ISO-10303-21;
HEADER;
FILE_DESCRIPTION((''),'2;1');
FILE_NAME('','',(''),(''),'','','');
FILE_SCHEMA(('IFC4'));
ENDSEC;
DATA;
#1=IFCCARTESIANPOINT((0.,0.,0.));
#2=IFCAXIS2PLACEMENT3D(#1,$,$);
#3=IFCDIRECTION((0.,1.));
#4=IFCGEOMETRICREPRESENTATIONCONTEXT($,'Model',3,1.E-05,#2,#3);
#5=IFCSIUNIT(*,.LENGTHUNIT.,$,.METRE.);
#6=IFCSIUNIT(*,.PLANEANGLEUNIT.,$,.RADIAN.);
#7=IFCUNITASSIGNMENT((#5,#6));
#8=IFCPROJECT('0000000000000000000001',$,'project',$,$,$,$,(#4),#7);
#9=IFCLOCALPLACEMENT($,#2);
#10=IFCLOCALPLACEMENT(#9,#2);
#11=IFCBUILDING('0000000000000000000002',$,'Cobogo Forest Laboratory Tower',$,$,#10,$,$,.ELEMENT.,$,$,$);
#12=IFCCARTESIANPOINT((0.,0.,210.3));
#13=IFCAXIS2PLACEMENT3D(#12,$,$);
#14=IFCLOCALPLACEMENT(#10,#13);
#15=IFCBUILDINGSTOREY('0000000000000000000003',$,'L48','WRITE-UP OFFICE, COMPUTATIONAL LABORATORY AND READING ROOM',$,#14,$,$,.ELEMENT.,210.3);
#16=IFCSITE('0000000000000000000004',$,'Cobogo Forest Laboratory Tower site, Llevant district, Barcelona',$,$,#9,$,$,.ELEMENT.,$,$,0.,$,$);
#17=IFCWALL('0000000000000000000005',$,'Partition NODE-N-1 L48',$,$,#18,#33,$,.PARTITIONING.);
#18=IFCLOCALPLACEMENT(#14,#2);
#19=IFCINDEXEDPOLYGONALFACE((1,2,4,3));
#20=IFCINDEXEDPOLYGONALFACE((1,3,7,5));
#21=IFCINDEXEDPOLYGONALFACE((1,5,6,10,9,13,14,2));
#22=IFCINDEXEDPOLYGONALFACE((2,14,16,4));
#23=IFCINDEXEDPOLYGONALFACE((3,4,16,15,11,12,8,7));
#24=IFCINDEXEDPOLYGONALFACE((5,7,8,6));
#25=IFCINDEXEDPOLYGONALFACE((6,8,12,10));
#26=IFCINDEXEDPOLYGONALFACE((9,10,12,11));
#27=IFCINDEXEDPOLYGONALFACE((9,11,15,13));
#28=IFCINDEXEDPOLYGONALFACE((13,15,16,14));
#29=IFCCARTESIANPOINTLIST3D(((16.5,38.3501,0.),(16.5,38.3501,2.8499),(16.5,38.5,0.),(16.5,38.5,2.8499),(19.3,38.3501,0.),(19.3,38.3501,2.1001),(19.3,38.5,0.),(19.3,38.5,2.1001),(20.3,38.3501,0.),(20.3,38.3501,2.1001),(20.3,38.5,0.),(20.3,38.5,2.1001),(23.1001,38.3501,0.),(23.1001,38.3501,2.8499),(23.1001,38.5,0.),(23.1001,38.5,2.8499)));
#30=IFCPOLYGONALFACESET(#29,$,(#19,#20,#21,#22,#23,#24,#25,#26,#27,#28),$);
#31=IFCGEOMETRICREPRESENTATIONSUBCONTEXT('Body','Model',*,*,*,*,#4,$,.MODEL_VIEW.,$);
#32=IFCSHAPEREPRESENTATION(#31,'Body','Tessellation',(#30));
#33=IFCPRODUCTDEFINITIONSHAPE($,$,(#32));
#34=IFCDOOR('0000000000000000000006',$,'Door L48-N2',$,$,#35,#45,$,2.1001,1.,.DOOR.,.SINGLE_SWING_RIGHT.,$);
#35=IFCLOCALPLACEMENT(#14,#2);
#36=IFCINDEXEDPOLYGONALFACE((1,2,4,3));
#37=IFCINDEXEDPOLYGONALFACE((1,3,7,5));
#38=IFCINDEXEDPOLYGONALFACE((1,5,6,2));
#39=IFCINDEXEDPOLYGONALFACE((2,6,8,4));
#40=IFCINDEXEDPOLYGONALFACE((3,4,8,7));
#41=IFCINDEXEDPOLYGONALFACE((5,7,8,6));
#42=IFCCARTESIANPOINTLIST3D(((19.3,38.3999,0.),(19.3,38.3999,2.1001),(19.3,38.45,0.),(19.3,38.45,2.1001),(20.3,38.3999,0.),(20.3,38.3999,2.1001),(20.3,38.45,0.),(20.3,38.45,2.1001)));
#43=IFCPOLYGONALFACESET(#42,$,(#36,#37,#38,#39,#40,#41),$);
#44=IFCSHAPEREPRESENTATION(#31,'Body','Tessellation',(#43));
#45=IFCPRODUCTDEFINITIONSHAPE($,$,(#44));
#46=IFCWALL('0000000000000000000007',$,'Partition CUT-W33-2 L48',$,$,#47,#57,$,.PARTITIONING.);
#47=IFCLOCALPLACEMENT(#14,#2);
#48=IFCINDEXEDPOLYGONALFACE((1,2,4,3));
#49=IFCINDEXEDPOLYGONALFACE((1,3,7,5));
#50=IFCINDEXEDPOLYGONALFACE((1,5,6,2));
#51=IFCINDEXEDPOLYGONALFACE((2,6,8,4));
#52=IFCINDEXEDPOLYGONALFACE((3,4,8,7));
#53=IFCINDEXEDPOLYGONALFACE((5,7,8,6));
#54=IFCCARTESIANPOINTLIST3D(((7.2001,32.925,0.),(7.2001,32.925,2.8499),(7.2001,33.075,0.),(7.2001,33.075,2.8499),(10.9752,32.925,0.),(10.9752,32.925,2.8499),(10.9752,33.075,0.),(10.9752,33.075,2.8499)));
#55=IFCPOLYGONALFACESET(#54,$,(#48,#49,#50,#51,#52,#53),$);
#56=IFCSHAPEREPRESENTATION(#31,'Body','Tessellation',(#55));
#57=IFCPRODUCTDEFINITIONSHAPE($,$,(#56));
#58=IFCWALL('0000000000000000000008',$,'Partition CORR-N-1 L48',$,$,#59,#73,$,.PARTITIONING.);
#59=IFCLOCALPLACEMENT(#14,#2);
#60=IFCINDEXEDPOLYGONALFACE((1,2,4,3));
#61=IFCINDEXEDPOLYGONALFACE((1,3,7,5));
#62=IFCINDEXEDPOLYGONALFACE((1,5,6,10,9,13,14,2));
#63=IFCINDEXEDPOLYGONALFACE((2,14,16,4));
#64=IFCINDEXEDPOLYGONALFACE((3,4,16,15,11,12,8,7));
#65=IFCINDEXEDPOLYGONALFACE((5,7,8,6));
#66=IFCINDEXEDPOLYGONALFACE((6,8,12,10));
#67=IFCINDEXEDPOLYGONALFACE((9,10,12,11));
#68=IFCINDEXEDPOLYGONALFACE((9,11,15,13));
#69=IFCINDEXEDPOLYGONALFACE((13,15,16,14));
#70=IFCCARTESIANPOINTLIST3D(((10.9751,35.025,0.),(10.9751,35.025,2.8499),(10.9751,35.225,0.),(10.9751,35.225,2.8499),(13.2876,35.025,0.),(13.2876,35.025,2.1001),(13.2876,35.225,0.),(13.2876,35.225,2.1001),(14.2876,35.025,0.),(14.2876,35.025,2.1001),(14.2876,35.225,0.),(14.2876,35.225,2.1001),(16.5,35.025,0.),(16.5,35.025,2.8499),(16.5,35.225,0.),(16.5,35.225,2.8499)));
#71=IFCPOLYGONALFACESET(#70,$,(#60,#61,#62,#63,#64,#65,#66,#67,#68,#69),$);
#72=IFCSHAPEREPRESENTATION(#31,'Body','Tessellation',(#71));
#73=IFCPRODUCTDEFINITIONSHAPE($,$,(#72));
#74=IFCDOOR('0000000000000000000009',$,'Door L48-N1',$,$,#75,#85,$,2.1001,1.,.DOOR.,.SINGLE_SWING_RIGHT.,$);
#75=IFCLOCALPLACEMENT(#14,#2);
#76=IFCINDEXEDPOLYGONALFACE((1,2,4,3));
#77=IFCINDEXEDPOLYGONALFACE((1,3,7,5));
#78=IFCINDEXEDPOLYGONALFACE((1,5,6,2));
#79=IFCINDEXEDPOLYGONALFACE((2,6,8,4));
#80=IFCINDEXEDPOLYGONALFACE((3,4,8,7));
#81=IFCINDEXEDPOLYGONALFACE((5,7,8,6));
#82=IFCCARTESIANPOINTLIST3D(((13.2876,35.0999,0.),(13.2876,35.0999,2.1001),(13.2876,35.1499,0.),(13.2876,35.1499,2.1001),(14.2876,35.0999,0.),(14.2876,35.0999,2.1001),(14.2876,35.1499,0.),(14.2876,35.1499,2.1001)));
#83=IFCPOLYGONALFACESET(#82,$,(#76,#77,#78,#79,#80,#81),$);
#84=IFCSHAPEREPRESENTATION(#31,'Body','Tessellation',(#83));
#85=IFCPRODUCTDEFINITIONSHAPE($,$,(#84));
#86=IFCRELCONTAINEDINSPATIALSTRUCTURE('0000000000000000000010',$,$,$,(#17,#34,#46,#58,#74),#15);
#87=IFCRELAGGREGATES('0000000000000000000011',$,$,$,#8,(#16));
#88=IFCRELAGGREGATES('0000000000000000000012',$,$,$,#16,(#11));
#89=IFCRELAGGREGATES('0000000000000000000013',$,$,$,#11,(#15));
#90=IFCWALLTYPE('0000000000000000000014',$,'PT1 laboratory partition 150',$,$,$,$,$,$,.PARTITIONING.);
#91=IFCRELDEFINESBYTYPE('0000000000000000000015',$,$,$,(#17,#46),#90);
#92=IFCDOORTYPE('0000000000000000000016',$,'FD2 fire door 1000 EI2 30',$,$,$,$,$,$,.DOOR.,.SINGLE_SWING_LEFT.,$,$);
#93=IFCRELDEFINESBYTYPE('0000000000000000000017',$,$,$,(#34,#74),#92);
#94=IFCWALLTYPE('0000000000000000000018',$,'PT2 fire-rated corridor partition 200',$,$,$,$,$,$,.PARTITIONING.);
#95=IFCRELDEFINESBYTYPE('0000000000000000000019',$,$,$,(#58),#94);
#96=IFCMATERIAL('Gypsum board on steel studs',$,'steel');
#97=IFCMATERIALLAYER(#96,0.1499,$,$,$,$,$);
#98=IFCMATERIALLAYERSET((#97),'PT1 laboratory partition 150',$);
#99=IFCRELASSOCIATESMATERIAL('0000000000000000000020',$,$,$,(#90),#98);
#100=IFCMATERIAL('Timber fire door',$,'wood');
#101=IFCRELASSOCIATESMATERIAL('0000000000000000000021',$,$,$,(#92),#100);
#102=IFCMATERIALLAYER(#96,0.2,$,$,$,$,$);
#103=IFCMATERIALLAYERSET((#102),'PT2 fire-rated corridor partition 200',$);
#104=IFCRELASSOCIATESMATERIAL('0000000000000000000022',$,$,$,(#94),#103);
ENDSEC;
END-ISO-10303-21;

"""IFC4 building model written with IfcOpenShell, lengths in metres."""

from ifc_helpers import new_model, si_unit, direction, frame, frame_2d, origin, place, context, subcontext, project, spatial, rectangle, extrude, material, layer, layer_set, type_object, element, fill, save


model = new_model("IFC4")

# Units and contexts
model_context = context("Model", 3, precision=1e-05, world=origin(), true_north=direction((0.0, 1.0)))
body_context = subcontext(model_context, "Body", "Model", "MODEL_VIEW")
ifc_project = project(units=[si_unit("LENGTHUNIT", "METRE"), si_unit("PLANEANGLEUNIT", "RADIAN")], contexts=[model_context])

# Site, building, storey
site_placement = place(None, origin())
site = spatial("IfcSite", under=ifc_project, at=site_placement, Name="Cobogo Forest Laboratory Tower site, Llevant district, Barcelona", CompositionType="ELEMENT", RefElevation=0.0)
building_placement = place(site_placement, origin())
building = spatial("IfcBuilding", under=site, at=building_placement, Name="Cobogo Forest Laboratory Tower", CompositionType="ELEMENT")
storey_placement = place(building_placement, frame((0.0, 0.0, 210.3)))
storey = spatial("IfcBuildingStorey", under=building, at=storey_placement, Name="L48", Description="WRITE-UP OFFICE, COMPUTATIONAL LABORATORY AND READING ROOM", CompositionType="ELEMENT", Elevation=210.3)

# Wall, opening, door
ifc_material_1 = material(Name="Gypsum board on steel studs", Category="steel")
ifc_layer_1 = layer(ifc_material_1, 0.1499)
ifc_layer_set_1 = layer_set([ifc_layer_1], Name="PT1 laboratory partition 150")
wall_type_1 = type_object("IfcWallType", Name="PT1 laboratory partition 150", PredefinedType="PARTITIONING", material=ifc_layer_set_1)
wall_1_placement = place(storey_placement, frame((16.5, 38.425, 0.0), z_axis=(0.0, 0.0, 1.0), x_axis=(1.0, 0.0, 0.0)))
wall_1 = element("IfcWall", 1, at=wall_1_placement, inside=storey, type_object=wall_type_1, Name="Partition NODE-N-1 L48", PredefinedType="PARTITIONING", context=body_context, shape_type="SweptSolid", body=[
    extrude(rectangle(XDim=6.6001, YDim=0.1499, at=frame_2d((3.3, 0.0))), origin(), (0.0, 0.0, 1.0), 2.8499),
])
opening_1_placement = place(wall_1_placement, frame((2.8, 0.0, 0.0)))
opening_1 = element("IfcOpeningElement", 2, at=opening_1_placement, cuts=wall_1, PredefinedType="OPENING", context=body_context, shape_type="SweptSolid", body=[
    extrude(rectangle(XDim=1.0, YDim=2.1001, at=frame_2d((0.5, 1.05))), frame((0.0, 0.085, 0.0), z_axis=(0.0, -1.0, 0.0), x_axis=(1.0, 0.0, 0.0)), (0.0, 0.0, 1.0), 0.1699),
])
ifc_material_2 = material(Name="Timber fire door", Category="wood")
door_type_1 = type_object("IfcDoorType", Name="FD2 fire door 1000 EI2 30", OperationType="SINGLE_SWING_LEFT", PredefinedType="DOOR", material=ifc_material_2)
door_1_placement = place(opening_1_placement, origin())
door_1 = element("IfcDoor", 3, at=door_1_placement, inside=storey, type_object=door_type_1, Name="Door L48-N2", OperationType="SINGLE_SWING_RIGHT", OverallHeight=2.1001, OverallWidth=1.0, PredefinedType="DOOR", context=body_context, shape_type="SweptSolid", body=[
    extrude(rectangle(XDim=1.0, YDim=2.1001, at=frame_2d((0.5, 1.05))), frame((0.0, 0.0249, 0.0), z_axis=(0.0, -1.0, 0.0), x_axis=(1.0, 0.0, 0.0)), (0.0, 0.0, 1.0), 0.05),
])
fill(opening_1, door_1)

# Wall
wall_2_placement = place(storey_placement, frame((7.2, 33.0, 0.0), z_axis=(0.0, 0.0, 1.0), x_axis=(1.0, 0.0, 0.0)))
element("IfcWall", 4, at=wall_2_placement, inside=storey, type_object=wall_type_1, Name="Partition CUT-W33-2 L48", PredefinedType="PARTITIONING", context=body_context, shape_type="SweptSolid", body=[
    extrude(rectangle(XDim=3.7751, YDim=0.1499, at=frame_2d((1.8877, 0.0))), origin(), (0.0, 0.0, 1.0), 2.8499),
])

# Wall, opening, door
ifc_layer_2 = layer(ifc_material_1, 0.2)
ifc_layer_set_2 = layer_set([ifc_layer_2], Name="PT2 fire-rated corridor partition 200")
wall_type_2 = type_object("IfcWallType", Name="PT2 fire-rated corridor partition 200", PredefinedType="PARTITIONING", material=ifc_layer_set_2)
wall_3_placement = place(storey_placement, frame((10.9751, 35.125, 0.0), z_axis=(0.0, 0.0, 1.0), x_axis=(1.0, 0.0, 0.0)))
wall_3 = element("IfcWall", 5, at=wall_3_placement, inside=storey, type_object=wall_type_2, Name="Partition CORR-N-1 L48", PredefinedType="PARTITIONING", context=body_context, shape_type="SweptSolid", body=[
    extrude(rectangle(XDim=5.5249, YDim=0.2, at=frame_2d((2.7625, 0.0))), origin(), (0.0, 0.0, 1.0), 2.8499),
])
opening_2_placement = place(wall_3_placement, frame((2.3125, 0.0, 0.0)))
opening_2 = element("IfcOpeningElement", 6, at=opening_2_placement, cuts=wall_3, PredefinedType="OPENING", context=body_context, shape_type="SweptSolid", body=[
    extrude(rectangle(XDim=1.0, YDim=2.1001, at=frame_2d((0.5, 1.05))), frame((0.0, 0.1099, 0.0), z_axis=(0.0, -1.0, 0.0), x_axis=(1.0, 0.0, 0.0)), (0.0, 0.0, 1.0), 0.22),
])
door_2_placement = place(opening_2_placement, origin())
door_2 = element("IfcDoor", 7, at=door_2_placement, inside=storey, type_object=door_type_1, Name="Door L48-N1", OperationType="SINGLE_SWING_RIGHT", OverallHeight=2.1001, OverallWidth=1.0, PredefinedType="DOOR", context=body_context, shape_type="SweptSolid", body=[
    extrude(rectangle(XDim=1.0, YDim=2.1001, at=frame_2d((0.5, 1.05))), frame((0.0, 0.0249, 0.0), z_axis=(0.0, -1.0, 0.0), x_axis=(1.0, 0.0, 0.0)), (0.0, 0.0, 1.0), 0.05),
])
fill(opening_2, door_2)

save(model, "model.ifc")
